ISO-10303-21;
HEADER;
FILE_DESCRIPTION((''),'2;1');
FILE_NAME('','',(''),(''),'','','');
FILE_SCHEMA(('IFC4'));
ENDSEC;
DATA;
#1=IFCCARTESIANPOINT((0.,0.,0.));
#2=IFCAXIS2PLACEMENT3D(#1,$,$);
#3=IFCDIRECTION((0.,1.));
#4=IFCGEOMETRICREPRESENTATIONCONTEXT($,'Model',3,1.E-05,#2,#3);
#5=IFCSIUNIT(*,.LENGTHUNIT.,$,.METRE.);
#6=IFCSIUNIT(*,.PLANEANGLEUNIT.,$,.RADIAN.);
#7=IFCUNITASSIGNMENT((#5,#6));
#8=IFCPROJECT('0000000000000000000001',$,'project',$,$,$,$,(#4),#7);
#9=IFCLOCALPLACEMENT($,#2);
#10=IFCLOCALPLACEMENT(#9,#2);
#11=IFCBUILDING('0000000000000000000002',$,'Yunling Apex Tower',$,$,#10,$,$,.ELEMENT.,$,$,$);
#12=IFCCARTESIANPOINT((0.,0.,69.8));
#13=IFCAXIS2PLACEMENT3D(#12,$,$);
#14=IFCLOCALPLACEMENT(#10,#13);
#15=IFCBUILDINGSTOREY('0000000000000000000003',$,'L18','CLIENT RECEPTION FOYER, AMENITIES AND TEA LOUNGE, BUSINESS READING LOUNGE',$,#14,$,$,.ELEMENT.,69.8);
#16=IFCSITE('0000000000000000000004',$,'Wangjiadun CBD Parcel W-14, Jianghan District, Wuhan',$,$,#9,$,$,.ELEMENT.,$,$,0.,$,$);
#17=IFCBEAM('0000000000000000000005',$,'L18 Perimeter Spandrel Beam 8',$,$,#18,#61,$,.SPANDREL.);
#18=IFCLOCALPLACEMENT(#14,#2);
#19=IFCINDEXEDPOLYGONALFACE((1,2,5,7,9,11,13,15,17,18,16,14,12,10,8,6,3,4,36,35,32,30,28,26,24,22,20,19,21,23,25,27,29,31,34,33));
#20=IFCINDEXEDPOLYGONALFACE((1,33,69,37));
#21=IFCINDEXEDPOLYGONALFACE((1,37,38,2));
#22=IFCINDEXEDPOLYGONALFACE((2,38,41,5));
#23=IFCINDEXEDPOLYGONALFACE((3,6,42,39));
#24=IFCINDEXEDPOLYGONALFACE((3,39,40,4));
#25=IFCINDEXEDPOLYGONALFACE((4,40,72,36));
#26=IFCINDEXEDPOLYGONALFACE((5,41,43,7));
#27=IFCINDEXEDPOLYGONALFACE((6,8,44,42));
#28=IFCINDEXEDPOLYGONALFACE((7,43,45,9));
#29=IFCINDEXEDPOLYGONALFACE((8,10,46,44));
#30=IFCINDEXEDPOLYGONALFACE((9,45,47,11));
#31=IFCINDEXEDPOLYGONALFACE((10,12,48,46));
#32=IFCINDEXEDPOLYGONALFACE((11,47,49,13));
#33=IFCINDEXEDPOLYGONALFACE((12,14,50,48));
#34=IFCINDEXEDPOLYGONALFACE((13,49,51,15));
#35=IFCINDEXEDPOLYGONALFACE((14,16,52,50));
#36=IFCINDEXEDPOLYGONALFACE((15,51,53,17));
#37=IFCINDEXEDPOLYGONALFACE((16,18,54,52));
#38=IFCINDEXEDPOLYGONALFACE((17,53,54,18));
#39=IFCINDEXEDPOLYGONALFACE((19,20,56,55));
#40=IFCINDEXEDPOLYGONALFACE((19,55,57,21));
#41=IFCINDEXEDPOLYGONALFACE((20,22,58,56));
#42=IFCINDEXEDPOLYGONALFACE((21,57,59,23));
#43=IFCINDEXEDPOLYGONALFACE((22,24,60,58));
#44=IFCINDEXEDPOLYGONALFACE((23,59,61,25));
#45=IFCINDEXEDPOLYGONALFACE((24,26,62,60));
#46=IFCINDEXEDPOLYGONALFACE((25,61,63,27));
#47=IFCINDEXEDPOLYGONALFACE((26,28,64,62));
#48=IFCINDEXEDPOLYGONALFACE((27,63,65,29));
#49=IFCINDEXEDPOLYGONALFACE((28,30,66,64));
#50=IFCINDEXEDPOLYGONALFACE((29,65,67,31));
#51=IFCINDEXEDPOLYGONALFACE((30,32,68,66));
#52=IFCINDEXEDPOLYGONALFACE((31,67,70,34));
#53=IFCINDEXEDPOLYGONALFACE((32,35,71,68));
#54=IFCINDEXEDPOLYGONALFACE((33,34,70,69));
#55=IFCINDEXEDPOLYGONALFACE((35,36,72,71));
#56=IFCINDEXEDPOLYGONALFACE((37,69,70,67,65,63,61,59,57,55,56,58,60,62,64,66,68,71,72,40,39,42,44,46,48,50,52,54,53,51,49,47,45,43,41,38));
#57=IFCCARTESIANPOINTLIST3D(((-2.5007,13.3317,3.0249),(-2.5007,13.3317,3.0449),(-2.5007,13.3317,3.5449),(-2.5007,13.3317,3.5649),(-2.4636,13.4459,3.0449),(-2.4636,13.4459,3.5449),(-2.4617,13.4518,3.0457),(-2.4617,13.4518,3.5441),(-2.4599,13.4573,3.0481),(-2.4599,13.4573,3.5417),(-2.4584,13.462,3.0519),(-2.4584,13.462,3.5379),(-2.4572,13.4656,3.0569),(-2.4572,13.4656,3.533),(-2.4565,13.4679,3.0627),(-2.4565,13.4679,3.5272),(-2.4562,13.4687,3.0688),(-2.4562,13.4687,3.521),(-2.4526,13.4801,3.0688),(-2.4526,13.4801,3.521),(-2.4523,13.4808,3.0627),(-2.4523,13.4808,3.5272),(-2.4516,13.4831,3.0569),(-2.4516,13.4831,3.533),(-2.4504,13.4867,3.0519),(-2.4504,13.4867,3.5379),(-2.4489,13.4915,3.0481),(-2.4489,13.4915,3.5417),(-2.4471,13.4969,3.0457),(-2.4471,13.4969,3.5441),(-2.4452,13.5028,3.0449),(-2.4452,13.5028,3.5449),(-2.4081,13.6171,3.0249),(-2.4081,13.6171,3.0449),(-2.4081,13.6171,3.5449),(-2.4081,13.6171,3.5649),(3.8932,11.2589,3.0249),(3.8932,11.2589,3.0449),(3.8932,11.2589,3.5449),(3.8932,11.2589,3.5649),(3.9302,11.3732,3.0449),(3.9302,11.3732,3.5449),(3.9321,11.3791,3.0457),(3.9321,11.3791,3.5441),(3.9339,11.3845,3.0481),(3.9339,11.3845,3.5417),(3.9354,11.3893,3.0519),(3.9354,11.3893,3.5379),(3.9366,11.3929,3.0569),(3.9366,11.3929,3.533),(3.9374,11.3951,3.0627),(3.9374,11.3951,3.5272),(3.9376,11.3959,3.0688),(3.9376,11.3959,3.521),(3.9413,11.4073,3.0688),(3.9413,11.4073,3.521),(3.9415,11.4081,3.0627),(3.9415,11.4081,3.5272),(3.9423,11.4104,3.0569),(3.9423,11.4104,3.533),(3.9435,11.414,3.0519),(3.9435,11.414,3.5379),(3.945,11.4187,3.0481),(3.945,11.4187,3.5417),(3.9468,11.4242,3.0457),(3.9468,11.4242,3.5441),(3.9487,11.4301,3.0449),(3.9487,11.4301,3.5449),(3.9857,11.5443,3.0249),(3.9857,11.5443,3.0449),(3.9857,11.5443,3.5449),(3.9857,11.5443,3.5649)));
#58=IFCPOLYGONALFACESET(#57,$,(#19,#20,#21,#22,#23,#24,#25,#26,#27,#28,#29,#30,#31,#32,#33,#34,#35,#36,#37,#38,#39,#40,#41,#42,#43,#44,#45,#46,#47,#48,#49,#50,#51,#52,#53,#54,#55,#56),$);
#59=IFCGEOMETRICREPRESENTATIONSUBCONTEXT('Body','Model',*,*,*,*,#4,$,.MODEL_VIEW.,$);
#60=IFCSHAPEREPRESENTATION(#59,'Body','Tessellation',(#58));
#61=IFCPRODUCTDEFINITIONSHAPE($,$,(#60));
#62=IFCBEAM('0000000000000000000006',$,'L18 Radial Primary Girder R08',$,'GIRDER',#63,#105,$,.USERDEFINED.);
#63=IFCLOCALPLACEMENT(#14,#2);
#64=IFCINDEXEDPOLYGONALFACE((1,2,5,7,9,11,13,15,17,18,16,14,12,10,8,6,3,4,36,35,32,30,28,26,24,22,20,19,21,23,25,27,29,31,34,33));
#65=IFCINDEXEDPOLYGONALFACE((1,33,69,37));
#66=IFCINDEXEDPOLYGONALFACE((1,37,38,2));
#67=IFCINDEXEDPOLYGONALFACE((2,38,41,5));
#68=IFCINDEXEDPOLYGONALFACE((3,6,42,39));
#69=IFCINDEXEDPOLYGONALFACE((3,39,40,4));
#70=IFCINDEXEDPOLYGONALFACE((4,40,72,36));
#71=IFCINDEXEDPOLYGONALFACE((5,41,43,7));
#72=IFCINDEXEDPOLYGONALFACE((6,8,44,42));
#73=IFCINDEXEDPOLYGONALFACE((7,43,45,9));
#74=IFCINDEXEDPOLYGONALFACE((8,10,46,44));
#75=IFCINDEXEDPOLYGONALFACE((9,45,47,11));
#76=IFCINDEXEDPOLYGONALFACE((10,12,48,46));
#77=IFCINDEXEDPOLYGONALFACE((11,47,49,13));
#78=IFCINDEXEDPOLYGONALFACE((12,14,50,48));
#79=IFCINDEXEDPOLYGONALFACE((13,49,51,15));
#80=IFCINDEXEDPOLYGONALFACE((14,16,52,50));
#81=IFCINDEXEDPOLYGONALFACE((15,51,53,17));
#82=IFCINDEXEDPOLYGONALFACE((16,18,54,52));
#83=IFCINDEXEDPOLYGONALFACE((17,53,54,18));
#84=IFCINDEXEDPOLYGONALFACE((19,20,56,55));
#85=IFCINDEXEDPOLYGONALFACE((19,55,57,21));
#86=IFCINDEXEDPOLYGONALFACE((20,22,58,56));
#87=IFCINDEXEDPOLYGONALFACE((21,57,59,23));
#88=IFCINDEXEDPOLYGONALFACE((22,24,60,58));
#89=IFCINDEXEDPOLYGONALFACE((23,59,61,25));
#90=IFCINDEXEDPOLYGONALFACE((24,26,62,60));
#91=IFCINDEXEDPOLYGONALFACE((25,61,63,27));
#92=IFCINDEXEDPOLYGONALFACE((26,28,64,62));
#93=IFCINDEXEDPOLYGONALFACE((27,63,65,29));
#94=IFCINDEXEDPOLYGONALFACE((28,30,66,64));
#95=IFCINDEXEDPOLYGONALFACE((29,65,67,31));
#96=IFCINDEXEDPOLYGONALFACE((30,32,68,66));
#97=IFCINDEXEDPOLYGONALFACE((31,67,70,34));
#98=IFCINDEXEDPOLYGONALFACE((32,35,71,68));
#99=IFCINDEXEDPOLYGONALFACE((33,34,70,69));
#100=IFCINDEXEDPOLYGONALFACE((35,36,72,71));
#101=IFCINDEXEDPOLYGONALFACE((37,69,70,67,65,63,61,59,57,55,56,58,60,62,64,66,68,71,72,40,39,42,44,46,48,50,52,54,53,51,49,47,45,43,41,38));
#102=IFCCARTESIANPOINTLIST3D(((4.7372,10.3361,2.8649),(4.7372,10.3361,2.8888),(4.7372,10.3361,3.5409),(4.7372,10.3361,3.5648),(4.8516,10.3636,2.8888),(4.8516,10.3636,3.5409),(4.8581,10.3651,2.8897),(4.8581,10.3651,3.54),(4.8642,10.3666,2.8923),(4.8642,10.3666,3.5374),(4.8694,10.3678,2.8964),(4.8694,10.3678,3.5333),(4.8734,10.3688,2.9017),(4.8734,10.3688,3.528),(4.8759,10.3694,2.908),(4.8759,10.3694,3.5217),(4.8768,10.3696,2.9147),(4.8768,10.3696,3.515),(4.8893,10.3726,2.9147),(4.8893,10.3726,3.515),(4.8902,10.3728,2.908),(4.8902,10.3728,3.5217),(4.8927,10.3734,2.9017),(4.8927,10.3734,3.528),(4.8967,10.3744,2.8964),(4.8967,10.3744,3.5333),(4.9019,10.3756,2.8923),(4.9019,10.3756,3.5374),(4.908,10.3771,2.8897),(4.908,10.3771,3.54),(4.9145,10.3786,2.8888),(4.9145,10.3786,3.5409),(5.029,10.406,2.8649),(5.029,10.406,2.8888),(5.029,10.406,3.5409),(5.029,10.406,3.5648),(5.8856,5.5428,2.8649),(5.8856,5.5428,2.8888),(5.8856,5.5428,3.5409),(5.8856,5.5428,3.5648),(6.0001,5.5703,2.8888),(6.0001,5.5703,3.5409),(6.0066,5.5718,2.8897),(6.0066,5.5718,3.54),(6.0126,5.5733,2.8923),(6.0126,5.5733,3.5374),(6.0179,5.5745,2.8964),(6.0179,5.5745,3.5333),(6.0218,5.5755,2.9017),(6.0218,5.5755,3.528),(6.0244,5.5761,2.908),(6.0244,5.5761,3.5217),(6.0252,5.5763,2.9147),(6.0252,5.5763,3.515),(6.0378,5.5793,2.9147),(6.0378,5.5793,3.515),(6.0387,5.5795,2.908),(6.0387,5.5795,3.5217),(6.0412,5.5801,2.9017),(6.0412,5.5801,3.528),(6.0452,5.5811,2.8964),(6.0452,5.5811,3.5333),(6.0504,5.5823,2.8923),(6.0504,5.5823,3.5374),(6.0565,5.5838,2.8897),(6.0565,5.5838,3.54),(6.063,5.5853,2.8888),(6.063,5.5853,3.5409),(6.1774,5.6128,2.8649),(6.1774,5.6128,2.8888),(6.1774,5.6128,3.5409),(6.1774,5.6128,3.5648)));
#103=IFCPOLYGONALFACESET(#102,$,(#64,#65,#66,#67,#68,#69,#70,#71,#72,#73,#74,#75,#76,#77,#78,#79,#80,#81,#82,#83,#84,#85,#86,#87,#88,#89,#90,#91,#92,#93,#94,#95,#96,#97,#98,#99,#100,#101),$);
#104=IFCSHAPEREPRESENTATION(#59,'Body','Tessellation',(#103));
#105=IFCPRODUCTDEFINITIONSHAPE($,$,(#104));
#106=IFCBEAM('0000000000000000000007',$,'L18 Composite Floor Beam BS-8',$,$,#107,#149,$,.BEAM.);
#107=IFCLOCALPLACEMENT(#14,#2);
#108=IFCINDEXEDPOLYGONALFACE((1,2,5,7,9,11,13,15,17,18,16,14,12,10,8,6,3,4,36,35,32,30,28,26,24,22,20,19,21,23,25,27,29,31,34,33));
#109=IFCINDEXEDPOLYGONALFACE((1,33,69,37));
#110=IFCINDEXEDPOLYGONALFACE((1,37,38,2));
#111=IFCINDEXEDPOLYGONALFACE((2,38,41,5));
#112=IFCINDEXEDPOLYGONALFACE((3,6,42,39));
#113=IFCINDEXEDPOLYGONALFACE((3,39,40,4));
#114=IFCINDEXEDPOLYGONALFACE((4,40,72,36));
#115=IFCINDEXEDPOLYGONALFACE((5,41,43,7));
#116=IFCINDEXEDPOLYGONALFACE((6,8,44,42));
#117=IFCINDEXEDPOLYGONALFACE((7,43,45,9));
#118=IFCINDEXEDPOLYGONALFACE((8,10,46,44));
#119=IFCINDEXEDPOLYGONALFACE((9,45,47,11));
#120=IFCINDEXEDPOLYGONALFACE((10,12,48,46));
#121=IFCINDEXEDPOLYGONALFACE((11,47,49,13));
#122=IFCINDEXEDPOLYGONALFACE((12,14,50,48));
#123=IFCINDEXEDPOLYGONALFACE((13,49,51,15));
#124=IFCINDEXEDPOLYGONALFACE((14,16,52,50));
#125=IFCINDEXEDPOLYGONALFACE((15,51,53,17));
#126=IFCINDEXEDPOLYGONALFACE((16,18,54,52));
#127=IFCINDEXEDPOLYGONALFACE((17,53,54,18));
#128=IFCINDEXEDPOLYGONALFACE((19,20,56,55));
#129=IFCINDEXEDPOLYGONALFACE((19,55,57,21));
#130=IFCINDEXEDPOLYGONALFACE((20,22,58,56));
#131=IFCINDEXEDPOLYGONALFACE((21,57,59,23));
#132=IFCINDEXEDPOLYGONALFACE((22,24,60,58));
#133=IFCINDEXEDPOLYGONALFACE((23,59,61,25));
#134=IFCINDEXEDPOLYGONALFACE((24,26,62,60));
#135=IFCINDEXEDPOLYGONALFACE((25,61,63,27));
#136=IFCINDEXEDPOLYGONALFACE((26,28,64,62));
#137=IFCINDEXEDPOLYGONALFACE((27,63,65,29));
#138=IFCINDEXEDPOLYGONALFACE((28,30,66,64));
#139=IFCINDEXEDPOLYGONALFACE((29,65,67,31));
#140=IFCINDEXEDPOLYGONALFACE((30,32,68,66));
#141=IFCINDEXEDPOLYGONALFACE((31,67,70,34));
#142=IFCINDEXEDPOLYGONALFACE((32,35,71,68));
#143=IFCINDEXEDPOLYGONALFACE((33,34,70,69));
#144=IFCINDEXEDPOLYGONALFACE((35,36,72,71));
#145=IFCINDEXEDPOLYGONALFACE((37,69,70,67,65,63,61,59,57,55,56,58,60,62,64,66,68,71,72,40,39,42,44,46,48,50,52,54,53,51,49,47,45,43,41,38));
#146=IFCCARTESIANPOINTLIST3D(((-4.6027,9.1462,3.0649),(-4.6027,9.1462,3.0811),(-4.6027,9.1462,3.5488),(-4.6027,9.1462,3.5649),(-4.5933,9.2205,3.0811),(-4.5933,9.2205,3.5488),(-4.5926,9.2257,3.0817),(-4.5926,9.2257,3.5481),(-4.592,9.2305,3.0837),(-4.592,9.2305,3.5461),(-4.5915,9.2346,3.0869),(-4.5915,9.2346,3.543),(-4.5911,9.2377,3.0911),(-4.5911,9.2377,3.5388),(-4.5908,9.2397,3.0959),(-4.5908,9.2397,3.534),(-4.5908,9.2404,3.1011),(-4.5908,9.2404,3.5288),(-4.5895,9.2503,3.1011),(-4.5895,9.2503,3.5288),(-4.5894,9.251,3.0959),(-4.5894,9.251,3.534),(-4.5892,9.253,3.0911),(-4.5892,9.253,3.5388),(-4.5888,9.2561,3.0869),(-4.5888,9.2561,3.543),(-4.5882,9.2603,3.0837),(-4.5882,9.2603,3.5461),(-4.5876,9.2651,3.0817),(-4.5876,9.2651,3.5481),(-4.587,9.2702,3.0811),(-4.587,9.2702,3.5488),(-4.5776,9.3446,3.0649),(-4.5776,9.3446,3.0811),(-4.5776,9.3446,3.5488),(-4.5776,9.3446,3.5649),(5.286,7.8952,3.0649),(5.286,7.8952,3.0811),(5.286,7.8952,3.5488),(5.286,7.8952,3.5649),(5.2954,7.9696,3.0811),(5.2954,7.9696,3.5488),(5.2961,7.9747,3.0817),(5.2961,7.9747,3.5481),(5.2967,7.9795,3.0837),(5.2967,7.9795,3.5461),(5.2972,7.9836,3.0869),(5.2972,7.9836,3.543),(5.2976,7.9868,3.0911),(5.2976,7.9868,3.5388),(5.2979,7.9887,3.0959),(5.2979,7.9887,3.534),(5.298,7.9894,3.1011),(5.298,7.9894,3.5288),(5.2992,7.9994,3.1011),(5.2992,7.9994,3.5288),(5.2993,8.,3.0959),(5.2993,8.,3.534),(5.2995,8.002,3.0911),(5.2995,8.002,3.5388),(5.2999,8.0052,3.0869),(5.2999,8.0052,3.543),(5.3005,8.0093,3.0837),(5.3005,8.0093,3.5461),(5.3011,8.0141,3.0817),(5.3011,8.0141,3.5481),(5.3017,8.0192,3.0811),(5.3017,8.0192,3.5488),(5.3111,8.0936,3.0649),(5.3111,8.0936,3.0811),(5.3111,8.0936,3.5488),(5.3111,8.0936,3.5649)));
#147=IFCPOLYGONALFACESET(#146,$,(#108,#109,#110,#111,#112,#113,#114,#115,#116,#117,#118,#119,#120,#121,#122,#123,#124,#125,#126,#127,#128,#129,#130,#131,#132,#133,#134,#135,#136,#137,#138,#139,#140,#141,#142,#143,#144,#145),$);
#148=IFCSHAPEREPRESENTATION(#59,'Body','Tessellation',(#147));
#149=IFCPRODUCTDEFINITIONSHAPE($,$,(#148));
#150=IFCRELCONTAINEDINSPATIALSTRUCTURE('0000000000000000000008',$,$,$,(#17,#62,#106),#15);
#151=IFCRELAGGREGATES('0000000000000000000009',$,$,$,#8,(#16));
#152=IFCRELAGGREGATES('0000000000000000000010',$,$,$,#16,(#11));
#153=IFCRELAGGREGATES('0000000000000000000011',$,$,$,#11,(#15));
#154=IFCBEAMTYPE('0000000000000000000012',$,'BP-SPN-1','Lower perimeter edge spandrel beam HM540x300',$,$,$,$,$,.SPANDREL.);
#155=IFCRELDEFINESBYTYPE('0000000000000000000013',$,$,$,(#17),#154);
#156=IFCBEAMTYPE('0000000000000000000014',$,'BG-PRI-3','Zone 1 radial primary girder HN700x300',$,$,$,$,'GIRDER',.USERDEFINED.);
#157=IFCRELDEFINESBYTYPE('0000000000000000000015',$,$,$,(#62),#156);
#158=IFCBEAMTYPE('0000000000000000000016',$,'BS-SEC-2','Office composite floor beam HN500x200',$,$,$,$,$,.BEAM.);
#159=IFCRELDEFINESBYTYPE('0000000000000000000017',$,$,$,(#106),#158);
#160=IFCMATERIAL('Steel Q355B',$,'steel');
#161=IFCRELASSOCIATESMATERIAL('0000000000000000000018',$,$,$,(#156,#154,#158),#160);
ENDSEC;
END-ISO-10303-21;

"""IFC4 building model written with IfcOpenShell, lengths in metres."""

from ifc_helpers import new_model, si_unit, direction, frame, origin, origin_2d, place, context, subcontext, project, spatial, i_section, extrude, source, transform, mapped, material, material_profile, profile_set, type_object, element, save


model = new_model("IFC4")

# Units and contexts
model_context = context("Model", 3, precision=1e-05, world=origin(), true_north=direction((0.0, 1.0)))
body_context = subcontext(model_context, "Body", "Model", "MODEL_VIEW")
ifc_project = project(units=[si_unit("LENGTHUNIT", "METRE"), si_unit("PLANEANGLEUNIT", "RADIAN")], contexts=[model_context])

# Site, building, storey
site_placement = place(None, origin())
site = spatial("IfcSite", under=ifc_project, at=site_placement, Name="Wangjiadun CBD Parcel W-14, Jianghan District, Wuhan", CompositionType="ELEMENT", RefElevation=0.0)
building_placement = place(site_placement, origin())
building = spatial("IfcBuilding", under=site, at=building_placement, Name="Yunling Apex Tower", CompositionType="ELEMENT")
storey_placement = place(building_placement, frame((0.0, 0.0, 69.8)))
storey = spatial("IfcBuildingStorey", under=building, at=storey_placement, Name="L18", Description="CLIENT RECEPTION FOYER, AMENITIES AND TEA LOUNGE, BUSINESS READING LOUNGE", CompositionType="ELEMENT", Elevation=69.8)

# Beams
ifc_material_1 = material(Name="Steel Q355B", Category="steel")
ifc_material_profile_1 = material_profile(ifc_material_1, i_section(OverallWidth=0.3, OverallDepth=0.7, WebThickness=0.0129, FlangeThickness=0.0239, FilletRadius=0.0259, at=origin_2d()))
ifc_profile_set_1 = profile_set([ifc_material_profile_1], Name="Steel Q355B")
beam_type_1 = type_object("IfcBeamType", Name="BG-PRI-3", Description="Zone 1 radial primary girder HN700x300", ElementType="GIRDER", PredefinedType="USERDEFINED", material=ifc_profile_set_1)
ifc_material_profile_2 = material_profile(ifc_material_1, i_section(OverallWidth=0.3, OverallDepth=0.54, WebThickness=0.012, FlangeThickness=0.02, FilletRadius=0.0239, at=origin_2d()))
ifc_profile_set_2 = profile_set([ifc_material_profile_2], Name="Steel Q355B")
beam_type_2 = type_object("IfcBeamType", Name="BP-SPN-1", Description="Lower perimeter edge spandrel beam HM540x300", PredefinedType="SPANDREL", material=ifc_profile_set_2)
shared_shape_1 = source(origin(), body_context, "Body", "SweptSolid", [
    extrude(i_section(OverallWidth=0.3, OverallDepth=0.54, WebThickness=0.012, FlangeThickness=0.02, FilletRadius=0.0239, at=origin_2d()), origin(), (0.0, 0.0, 1.0), 6.7214),
])
beam_1_placement = place(storey_placement, frame((3.9395, 11.4016, 3.2949), z_axis=(-0.951263, 0.308382, 0.0), x_axis=(-0.308382, -0.951263, 0.0)))
element("IfcBeam", 1, at=beam_1_placement, inside=storey, type_object=beam_type_2, Name="L18 Perimeter Spandrel Beam 8", PredefinedType="SPANDREL", context=body_context, shape_type="MappedRepresentation", body=[
    mapped(shared_shape_1, transform((0.0, 0.0, 0.0), scale=1.0)),
])
shared_shape_2 = source(origin(), body_context, "Body", "SweptSolid", [
    extrude(i_section(OverallWidth=0.3, OverallDepth=0.7, WebThickness=0.0129, FlangeThickness=0.0239, FilletRadius=0.0259, at=origin_2d()), origin(), (0.0, 0.0, 1.0), 4.929),
])
beam_2_placement = place(storey_placement, frame((4.8831, 10.3711, 3.2148), z_axis=(0.233002, -0.972476, 0.0), x_axis=(0.972476, 0.233002, 0.0)))
element("IfcBeam", 2, at=beam_2_placement, inside=storey, type_object=beam_type_1, Name="L18 Radial Primary Girder R08", ObjectType="GIRDER", PredefinedType="USERDEFINED", context=body_context, shape_type="MappedRepresentation", body=[
    mapped(shared_shape_2, transform((0.0, 0.0, 0.0), scale=1.0)),
])
ifc_material_profile_3 = material_profile(ifc_material_1, i_section(OverallWidth=0.2, OverallDepth=0.5, WebThickness=0.01, FlangeThickness=0.0161, FilletRadius=0.02, at=origin_2d()))
ifc_profile_set_3 = profile_set([ifc_material_profile_3], Name="Steel Q355B")
beam_type_3 = type_object("IfcBeamType", Name="BS-SEC-2", Description="Office composite floor beam HN500x200", PredefinedType="BEAM", material=ifc_profile_set_3)
shared_shape_3 = source(origin(), body_context, "Body", "SweptSolid", [
    extrude(i_section(OverallWidth=0.2, OverallDepth=0.5, WebThickness=0.01, FlangeThickness=0.0161, FilletRadius=0.02, at=origin_2d()), origin(), (0.0, 0.0, 1.0), 9.9675),
])
beam_3_placement = place(storey_placement, frame((5.2986, 7.9944, 3.3149), z_axis=(-0.992093, 0.125506, 0.0), x_axis=(-0.125506, -0.992093, 0.0)))
element("IfcBeam", 3, at=beam_3_placement, inside=storey, type_object=beam_type_3, Name="L18 Composite Floor Beam BS-8", PredefinedType="BEAM", context=body_context, shape_type="MappedRepresentation", body=[
    mapped(shared_shape_3, transform((0.0, 0.0, 0.0), scale=1.0)),
])

save(model, "model.ifc")
